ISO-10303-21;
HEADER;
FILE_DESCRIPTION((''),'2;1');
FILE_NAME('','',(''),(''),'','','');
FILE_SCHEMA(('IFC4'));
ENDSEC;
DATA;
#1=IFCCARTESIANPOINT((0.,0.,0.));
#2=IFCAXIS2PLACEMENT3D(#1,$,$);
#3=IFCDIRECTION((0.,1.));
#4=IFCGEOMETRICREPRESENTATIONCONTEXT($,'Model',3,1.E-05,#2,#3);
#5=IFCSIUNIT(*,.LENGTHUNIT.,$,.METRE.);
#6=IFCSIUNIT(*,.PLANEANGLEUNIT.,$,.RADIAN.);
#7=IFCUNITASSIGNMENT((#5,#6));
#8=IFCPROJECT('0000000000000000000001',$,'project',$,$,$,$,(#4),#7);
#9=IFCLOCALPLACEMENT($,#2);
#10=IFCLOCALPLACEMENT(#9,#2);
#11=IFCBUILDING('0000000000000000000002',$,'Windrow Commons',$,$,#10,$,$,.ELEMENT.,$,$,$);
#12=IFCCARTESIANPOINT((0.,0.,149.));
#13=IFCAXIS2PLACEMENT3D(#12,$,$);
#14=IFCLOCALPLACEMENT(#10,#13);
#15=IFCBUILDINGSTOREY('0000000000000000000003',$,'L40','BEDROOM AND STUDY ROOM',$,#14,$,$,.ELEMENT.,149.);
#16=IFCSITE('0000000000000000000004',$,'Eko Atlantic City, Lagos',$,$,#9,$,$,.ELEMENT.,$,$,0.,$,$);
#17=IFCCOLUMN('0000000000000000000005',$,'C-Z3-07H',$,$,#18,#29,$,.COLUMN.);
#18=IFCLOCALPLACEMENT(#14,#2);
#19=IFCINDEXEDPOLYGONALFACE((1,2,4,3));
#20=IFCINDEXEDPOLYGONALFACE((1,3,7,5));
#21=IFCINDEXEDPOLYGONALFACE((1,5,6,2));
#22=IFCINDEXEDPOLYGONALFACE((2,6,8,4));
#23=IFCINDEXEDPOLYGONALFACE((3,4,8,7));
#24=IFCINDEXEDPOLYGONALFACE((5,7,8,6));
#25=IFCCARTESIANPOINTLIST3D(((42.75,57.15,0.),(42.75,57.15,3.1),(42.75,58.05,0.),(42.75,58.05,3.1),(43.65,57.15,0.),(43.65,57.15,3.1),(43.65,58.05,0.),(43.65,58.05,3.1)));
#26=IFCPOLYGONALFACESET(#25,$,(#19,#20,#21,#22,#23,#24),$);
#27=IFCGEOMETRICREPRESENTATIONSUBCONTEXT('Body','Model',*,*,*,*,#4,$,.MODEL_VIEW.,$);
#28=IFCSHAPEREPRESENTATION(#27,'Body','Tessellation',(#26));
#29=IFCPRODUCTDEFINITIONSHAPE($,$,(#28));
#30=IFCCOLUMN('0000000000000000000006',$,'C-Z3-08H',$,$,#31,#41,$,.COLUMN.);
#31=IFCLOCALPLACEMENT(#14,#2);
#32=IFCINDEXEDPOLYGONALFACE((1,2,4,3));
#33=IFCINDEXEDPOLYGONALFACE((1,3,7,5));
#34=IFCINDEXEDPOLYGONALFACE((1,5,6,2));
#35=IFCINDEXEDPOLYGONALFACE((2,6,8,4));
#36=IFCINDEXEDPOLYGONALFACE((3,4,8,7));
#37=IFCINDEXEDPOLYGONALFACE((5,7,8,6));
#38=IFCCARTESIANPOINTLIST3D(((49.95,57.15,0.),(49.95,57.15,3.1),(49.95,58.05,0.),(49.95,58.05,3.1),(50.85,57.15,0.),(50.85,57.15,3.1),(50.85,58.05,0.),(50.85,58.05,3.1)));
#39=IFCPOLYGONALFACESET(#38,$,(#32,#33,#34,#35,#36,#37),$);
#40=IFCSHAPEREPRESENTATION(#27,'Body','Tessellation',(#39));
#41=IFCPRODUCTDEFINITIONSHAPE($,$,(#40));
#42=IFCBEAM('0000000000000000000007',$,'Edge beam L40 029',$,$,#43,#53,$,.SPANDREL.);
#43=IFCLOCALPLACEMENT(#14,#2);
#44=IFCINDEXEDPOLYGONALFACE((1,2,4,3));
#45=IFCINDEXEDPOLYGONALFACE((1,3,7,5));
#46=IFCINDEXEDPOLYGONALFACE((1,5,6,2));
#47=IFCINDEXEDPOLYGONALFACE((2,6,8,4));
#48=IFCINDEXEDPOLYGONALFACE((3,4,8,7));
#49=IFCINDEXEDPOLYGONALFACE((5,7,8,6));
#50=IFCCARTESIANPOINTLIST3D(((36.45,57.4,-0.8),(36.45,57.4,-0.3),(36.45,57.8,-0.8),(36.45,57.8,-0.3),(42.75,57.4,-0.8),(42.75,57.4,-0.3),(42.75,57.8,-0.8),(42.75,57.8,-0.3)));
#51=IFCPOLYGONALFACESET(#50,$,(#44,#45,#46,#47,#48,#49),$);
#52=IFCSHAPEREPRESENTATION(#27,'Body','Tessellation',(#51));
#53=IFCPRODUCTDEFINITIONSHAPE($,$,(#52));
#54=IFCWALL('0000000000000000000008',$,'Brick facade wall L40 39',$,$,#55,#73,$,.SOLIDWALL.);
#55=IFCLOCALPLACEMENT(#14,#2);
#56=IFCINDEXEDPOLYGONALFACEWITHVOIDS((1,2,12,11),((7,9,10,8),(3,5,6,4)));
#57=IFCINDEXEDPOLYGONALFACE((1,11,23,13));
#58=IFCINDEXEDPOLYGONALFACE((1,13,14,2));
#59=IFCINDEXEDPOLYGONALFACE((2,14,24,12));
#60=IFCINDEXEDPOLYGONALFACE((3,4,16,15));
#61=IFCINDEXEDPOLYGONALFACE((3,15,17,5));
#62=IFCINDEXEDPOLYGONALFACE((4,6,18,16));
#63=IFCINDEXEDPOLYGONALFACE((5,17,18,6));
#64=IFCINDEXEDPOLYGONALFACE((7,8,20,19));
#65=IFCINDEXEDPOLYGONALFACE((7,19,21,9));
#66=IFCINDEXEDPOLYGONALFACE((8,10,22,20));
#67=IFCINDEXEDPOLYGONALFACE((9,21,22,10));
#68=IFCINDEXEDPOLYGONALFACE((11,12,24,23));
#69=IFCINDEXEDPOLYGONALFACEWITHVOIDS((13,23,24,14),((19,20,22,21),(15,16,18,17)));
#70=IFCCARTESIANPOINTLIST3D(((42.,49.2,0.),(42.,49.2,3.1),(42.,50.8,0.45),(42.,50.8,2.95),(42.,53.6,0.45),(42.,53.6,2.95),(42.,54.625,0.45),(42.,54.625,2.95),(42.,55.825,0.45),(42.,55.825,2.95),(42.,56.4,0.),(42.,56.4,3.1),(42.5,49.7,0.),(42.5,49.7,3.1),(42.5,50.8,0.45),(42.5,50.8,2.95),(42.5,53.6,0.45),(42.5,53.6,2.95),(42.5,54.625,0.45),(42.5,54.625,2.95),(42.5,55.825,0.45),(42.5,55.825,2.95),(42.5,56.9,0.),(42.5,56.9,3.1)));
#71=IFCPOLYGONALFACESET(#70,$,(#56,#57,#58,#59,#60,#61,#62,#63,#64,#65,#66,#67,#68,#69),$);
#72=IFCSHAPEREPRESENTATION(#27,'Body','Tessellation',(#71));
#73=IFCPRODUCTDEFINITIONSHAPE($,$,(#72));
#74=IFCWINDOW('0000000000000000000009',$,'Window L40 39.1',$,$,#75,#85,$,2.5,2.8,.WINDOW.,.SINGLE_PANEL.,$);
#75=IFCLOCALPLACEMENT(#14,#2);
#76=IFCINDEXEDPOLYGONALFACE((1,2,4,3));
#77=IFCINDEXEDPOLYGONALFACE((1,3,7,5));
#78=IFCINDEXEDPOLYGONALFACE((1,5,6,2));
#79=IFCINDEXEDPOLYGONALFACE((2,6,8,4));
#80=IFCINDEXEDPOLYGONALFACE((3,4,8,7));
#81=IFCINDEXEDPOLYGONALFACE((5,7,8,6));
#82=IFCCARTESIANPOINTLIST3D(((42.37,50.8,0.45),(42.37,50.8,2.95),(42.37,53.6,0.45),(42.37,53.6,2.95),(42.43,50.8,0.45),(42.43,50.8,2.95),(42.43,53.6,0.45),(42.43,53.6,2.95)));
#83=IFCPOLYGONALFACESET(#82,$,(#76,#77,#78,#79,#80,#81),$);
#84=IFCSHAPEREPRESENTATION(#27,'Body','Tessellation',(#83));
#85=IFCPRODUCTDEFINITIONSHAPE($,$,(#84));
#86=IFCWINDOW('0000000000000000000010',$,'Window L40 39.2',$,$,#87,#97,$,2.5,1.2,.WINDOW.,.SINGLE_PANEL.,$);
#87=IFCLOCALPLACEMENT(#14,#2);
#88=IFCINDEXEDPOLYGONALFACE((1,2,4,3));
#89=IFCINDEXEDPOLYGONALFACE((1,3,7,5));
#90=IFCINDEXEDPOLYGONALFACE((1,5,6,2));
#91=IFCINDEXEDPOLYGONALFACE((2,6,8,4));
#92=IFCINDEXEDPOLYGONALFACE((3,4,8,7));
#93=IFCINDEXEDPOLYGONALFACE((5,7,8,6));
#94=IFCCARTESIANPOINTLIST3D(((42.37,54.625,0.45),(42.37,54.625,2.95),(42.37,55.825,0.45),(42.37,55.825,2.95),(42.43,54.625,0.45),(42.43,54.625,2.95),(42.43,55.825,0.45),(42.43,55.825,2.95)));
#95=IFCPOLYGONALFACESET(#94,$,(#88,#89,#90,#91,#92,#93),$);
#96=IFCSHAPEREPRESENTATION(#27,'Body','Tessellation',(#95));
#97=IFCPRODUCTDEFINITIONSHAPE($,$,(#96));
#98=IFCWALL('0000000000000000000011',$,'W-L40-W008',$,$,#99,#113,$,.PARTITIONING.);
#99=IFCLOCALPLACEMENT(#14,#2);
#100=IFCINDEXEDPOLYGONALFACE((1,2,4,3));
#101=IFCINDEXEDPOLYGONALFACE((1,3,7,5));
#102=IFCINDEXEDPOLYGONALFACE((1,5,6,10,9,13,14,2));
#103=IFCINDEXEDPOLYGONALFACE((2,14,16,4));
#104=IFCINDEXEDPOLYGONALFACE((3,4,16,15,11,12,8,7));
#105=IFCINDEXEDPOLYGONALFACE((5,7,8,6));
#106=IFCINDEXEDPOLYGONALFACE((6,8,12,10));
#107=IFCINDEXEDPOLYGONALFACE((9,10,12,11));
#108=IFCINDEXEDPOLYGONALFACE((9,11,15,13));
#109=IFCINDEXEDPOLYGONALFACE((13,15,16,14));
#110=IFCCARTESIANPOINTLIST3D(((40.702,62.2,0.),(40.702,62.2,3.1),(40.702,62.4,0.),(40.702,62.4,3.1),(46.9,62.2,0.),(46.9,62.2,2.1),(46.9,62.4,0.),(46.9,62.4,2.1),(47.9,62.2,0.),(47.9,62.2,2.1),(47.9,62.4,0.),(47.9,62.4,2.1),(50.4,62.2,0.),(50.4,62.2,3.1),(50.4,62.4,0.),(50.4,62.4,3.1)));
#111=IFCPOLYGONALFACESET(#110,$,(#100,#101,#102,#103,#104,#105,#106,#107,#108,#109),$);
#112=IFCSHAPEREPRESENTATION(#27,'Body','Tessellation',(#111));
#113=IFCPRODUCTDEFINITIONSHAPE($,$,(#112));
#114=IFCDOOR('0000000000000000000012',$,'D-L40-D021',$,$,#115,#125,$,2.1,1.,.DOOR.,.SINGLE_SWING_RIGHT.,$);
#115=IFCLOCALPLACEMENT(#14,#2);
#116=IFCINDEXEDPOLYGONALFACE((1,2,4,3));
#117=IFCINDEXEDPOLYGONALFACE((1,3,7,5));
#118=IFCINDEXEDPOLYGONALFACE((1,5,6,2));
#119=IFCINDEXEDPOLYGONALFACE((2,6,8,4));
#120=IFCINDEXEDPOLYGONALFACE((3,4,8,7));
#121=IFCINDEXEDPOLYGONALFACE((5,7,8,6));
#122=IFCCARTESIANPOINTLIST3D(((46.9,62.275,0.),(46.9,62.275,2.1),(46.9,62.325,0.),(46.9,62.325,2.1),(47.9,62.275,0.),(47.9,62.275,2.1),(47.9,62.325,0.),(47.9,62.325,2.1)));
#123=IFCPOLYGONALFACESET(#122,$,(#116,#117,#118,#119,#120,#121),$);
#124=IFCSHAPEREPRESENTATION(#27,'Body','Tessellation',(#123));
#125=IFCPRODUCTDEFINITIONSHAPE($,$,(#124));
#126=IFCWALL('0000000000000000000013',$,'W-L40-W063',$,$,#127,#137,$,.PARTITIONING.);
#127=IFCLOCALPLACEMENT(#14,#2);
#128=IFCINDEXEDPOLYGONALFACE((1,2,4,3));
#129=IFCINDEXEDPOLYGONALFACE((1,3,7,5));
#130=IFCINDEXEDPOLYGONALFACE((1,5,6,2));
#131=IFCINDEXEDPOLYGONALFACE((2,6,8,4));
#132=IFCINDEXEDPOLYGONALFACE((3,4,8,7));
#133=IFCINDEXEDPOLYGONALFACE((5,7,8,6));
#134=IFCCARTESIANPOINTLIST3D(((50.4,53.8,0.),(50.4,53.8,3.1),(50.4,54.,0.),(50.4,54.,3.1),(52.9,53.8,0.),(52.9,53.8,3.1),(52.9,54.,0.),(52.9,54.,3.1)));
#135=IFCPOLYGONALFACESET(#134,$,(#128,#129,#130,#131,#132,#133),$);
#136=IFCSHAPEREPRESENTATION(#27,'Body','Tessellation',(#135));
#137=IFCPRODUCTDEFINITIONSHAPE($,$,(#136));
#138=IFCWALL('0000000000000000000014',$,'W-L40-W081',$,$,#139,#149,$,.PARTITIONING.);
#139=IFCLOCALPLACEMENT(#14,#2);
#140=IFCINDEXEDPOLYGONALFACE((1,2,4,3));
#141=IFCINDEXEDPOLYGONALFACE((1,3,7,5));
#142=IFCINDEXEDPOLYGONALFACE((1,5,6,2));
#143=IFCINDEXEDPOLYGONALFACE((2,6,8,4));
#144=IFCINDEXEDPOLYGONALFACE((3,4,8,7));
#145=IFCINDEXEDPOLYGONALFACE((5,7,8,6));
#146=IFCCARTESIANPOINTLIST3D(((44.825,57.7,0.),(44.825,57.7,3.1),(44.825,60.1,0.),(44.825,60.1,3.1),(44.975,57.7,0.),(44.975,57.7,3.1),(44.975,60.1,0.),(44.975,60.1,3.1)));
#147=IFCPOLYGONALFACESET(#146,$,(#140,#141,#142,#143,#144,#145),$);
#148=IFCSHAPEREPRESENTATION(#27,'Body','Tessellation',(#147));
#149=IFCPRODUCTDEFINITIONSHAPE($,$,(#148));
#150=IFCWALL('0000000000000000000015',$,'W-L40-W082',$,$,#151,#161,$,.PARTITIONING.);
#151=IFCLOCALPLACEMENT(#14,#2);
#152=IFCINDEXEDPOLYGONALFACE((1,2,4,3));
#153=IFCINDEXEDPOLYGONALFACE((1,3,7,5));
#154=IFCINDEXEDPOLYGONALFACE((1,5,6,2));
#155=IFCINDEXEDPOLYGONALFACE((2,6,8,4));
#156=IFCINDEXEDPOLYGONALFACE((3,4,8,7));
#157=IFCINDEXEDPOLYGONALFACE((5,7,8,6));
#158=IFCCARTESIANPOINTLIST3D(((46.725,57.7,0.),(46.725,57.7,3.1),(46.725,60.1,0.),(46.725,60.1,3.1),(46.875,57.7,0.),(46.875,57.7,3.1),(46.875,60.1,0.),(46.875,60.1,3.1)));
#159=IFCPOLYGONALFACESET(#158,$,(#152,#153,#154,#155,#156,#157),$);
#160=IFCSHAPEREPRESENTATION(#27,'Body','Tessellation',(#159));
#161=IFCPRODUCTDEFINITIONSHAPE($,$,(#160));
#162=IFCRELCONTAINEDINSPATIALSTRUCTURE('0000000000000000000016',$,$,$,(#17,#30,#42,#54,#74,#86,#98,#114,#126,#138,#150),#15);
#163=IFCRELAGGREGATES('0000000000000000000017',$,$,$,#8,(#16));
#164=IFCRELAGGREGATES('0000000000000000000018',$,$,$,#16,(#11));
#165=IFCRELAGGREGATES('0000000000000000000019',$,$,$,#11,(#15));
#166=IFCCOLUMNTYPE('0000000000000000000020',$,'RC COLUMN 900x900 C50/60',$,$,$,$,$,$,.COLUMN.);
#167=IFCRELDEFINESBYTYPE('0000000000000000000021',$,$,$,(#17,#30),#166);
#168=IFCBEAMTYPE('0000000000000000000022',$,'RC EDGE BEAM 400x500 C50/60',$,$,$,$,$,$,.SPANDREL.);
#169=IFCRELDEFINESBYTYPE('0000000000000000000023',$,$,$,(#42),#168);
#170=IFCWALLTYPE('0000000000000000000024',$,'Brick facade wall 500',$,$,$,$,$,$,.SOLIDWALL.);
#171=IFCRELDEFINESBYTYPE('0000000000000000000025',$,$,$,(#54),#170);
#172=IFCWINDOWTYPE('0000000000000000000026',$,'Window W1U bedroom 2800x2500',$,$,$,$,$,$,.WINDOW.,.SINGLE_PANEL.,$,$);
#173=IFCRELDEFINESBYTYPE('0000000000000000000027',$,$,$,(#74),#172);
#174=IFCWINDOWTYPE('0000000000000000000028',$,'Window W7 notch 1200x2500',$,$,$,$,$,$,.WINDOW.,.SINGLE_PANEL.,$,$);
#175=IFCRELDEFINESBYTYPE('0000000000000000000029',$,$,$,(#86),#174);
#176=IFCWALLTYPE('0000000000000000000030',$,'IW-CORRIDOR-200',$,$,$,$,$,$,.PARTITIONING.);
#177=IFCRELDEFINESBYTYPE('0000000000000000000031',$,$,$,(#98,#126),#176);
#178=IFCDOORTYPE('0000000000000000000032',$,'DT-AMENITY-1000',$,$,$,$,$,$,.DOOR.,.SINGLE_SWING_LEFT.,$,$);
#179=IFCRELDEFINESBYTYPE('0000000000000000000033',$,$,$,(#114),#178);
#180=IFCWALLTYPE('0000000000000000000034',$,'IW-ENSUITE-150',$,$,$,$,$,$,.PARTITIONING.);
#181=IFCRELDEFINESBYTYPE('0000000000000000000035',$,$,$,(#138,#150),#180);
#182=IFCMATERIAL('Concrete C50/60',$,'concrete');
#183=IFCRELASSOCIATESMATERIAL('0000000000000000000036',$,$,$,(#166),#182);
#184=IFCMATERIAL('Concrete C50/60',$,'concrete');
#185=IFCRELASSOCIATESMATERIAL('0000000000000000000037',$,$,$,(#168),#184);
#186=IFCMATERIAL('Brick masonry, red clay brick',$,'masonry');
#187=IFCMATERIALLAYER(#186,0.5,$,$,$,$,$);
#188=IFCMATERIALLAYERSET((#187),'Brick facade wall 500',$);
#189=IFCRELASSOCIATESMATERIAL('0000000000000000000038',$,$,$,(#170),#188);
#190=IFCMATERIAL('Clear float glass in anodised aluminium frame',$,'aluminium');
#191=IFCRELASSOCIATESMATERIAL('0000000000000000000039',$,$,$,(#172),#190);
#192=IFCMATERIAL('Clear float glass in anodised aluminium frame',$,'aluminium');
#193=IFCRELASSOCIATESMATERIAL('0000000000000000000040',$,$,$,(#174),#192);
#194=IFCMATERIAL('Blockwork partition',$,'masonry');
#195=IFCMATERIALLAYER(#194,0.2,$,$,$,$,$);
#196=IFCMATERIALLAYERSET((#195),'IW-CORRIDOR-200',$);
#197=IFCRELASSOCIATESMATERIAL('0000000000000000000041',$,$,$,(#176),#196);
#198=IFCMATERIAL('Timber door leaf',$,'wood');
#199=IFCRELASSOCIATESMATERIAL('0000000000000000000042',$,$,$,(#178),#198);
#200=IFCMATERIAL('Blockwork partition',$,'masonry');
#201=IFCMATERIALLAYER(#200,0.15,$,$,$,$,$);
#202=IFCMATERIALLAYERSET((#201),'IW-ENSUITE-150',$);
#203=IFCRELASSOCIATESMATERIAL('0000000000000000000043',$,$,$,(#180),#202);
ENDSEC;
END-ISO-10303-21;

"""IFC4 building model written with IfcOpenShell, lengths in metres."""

from ifc_helpers import new_model, si_unit, direction, frame, frame_2d, origin, origin_2d, place, context, subcontext, project, spatial, polyline, rectangle, outline, extrude, material, layer, layer_set, material_profile, profile_set, type_object, element, fill, save


model = new_model("IFC4")

# Units and contexts
model_context = context("Model", 3, precision=1e-05, world=origin(), true_north=direction((0.0, 1.0)))
body_context = subcontext(model_context, "Body", "Model", "MODEL_VIEW")
ifc_project = project(units=[si_unit("LENGTHUNIT", "METRE"), si_unit("PLANEANGLEUNIT", "RADIAN")], contexts=[model_context])

# Site, building, storey
site_placement = place(None, origin())
site = spatial("IfcSite", under=ifc_project, at=site_placement, Name="Eko Atlantic City, Lagos", CompositionType="ELEMENT", RefElevation=0.0)
building_placement = place(site_placement, origin())
building = spatial("IfcBuilding", under=site, at=building_placement, Name="Windrow Commons", CompositionType="ELEMENT")
storey_placement = place(building_placement, frame((0.0, 0.0, 149.0)))
storey = spatial("IfcBuildingStorey", under=building, at=storey_placement, Name="L40", Description="BEDROOM AND STUDY ROOM", CompositionType="ELEMENT", Elevation=149.0)

# Columns
ifc_material_1 = material(Name="Concrete C50/60", Category="concrete")
ifc_material_profile_1 = material_profile(ifc_material_1, rectangle(XDim=0.9, YDim=0.9, at=origin_2d()))
ifc_profile_set_1 = profile_set([ifc_material_profile_1], Name="Concrete C50/60")
column_type = type_object("IfcColumnType", Name="RC COLUMN 900x900 C50/60", PredefinedType="COLUMN", material=ifc_profile_set_1)
for number, where, z_axis, x_axis, name in (
    (1, (43.2, 57.6, 0.0), (0.0, 0.0, 1.0), (1.0, 0.0, 0.0), "C-Z3-07H"),
    (2, (50.4, 57.6, 0.0), (0.0, 0.0, 1.0), (1.0, 0.0, 0.0), "C-Z3-08H"),
):
    element("IfcColumn", number, at=place(storey_placement, frame(where, z_axis=z_axis, x_axis=x_axis)), inside=storey, type_object=column_type, Name=name, PredefinedType="COLUMN", context=body_context, shape_type="SweptSolid", body=[
        extrude(rectangle(XDim=0.9, YDim=0.9, at=origin_2d()), origin(), (0.0, 0.0, 1.0), 3.1),
    ])

# Beam
ifc_material_2 = material(Name="Concrete C50/60", Category="concrete")
ifc_material_profile_2 = material_profile(ifc_material_2, rectangle(XDim=0.4, YDim=0.5, at=origin_2d()))
ifc_profile_set_2 = profile_set([ifc_material_profile_2], Name="Concrete C50/60")
beam_type = type_object("IfcBeamType", Name="RC EDGE BEAM 400x500 C50/60", PredefinedType="SPANDREL", material=ifc_profile_set_2)
beam_placement = place(storey_placement, frame((42.75, 57.6, -0.55), z_axis=(-1.0, 0.0, 0.0), x_axis=(0.0, -1.0, 0.0)))
element("IfcBeam", 3, at=beam_placement, inside=storey, type_object=beam_type, Name="Edge beam L40 029", PredefinedType="SPANDREL", context=body_context, shape_type="SweptSolid", body=[
    extrude(rectangle(XDim=0.4, YDim=0.5, at=origin_2d()), origin(), (0.0, 0.0, 1.0), 6.3),
])

# Wall, openings, windows
ifc_material_3 = material(Name="Brick masonry, red clay brick", Category="masonry")
ifc_layer_1 = layer(ifc_material_3, 0.5)
ifc_layer_set_1 = layer_set([ifc_layer_1], Name="Brick facade wall 500")
wall_type_1 = type_object("IfcWallType", Name="Brick facade wall 500", PredefinedType="SOLIDWALL", material=ifc_layer_set_1)
wall_1_placement = place(storey_placement, frame((42.25, 56.65, 0.0), z_axis=(0.0, 0.0, 1.0), x_axis=(0.0, -1.0, 0.0)))
wall_1 = element("IfcWall", 4, at=wall_1_placement, inside=storey, type_object=wall_type_1, Name="Brick facade wall L40 39", PredefinedType="SOLIDWALL", context=body_context, shape_type="SweptSolid", body=[
    extrude(outline(polyline([(0.25, -0.25), (7.45, -0.25), (6.95, 0.25), (-0.25, 0.25), (0.25, -0.25)])), origin(), (0.0, 0.0, 1.0), 3.1),
])
opening_1_placement = place(wall_1_placement, frame((3.05, 0.0, 0.45)))
opening_1 = element("IfcOpeningElement", 5, at=opening_1_placement, cuts=wall_1, PredefinedType="OPENING", context=body_context, shape_type="SweptSolid", body=[
    extrude(rectangle(XDim=2.8, YDim=2.5, at=frame_2d((1.4, 1.25))), frame((0.0, 0.26, 0.0), z_axis=(0.0, -1.0, 0.0), x_axis=(1.0, 0.0, 0.0)), (0.0, 0.0, 1.0), 0.52),
])
opening_2_placement = place(wall_1_placement, frame((0.825, 0.0, 0.45)))
opening_2 = element("IfcOpeningElement", 6, at=opening_2_placement, cuts=wall_1, PredefinedType="OPENING", context=body_context, shape_type="SweptSolid", body=[
    extrude(rectangle(XDim=1.2, YDim=2.5, at=frame_2d((0.6, 1.25))), frame((0.0, 0.26, 0.0), z_axis=(0.0, -1.0, 0.0), x_axis=(1.0, 0.0, 0.0)), (0.0, 0.0, 1.0), 0.52),
])
ifc_material_4 = material(Name="Clear float glass in anodised aluminium frame", Category="aluminium")
window_type_1 = type_object("IfcWindowType", Name="Window W1U bedroom 2800x2500", PartitioningType="SINGLE_PANEL", PredefinedType="WINDOW", material=ifc_material_4)
window_1_placement = place(opening_1_placement, origin())
window_1 = element("IfcWindow", 7, at=window_1_placement, inside=storey, type_object=window_type_1, Name="Window L40 39.1", OverallHeight=2.5, OverallWidth=2.8, PartitioningType="SINGLE_PANEL", PredefinedType="WINDOW", context=body_context, shape_type="SweptSolid", body=[
    extrude(rectangle(XDim=2.8, YDim=2.5, at=frame_2d((1.4, 1.25))), frame((0.0, 0.18, 0.0), z_axis=(0.0, -1.0, 0.0), x_axis=(1.0, 0.0, 0.0)), (0.0, 0.0, 1.0), 0.06),
])
fill(opening_1, window_1)
ifc_material_5 = material(Name="Clear float glass in anodised aluminium frame", Category="aluminium")
window_type_2 = type_object("IfcWindowType", Name="Window W7 notch 1200x2500", PartitioningType="SINGLE_PANEL", PredefinedType="WINDOW", material=ifc_material_5)
window_2_placement = place(opening_2_placement, origin())
window_2 = element("IfcWindow", 8, at=window_2_placement, inside=storey, type_object=window_type_2, Name="Window L40 39.2", OverallHeight=2.5, OverallWidth=1.2, PartitioningType="SINGLE_PANEL", PredefinedType="WINDOW", context=body_context, shape_type="SweptSolid", body=[
    extrude(rectangle(XDim=1.2, YDim=2.5, at=frame_2d((0.6, 1.25))), frame((0.0, 0.18, 0.0), z_axis=(0.0, -1.0, 0.0), x_axis=(1.0, 0.0, 0.0)), (0.0, 0.0, 1.0), 0.06),
])
fill(opening_2, window_2)

# Wall, opening, door
ifc_material_6 = material(Name="Blockwork partition", Category="masonry")
ifc_layer_2 = layer(ifc_material_6, 0.2)
ifc_layer_set_2 = layer_set([ifc_layer_2], Name="IW-CORRIDOR-200")
wall_type_2 = type_object("IfcWallType", Name="IW-CORRIDOR-200", PredefinedType="PARTITIONING", material=ifc_layer_set_2)
wall_2_placement = place(storey_placement, frame((40.702, 62.3, 0.0), z_axis=(0.0, 0.0, 1.0), x_axis=(1.0, 0.0, 0.0)))
wall_2 = element("IfcWall", 9, at=wall_2_placement, inside=storey, type_object=wall_type_2, Name="W-L40-W008", PredefinedType="PARTITIONING", context=body_context, shape_type="SweptSolid", body=[
    extrude(rectangle(XDim=9.698, YDim=0.2, at=frame_2d((4.849, 0.0))), origin(), (0.0, 0.0, 1.0), 3.1),
])
opening_3_placement = place(wall_2_placement, frame((6.198, 0.0, 0.0)))
opening_3 = element("IfcOpeningElement", 10, at=opening_3_placement, cuts=wall_2, PredefinedType="OPENING", context=body_context, shape_type="SweptSolid", body=[
    extrude(rectangle(XDim=1.0, YDim=2.1, at=frame_2d((0.5, 1.05))), frame((0.0, 0.11, 0.0), z_axis=(0.0, -1.0, 0.0), x_axis=(1.0, 0.0, 0.0)), (0.0, 0.0, 1.0), 0.22),
])
ifc_material_7 = material(Name="Timber door leaf", Category="wood")
door_type_1 = type_object("IfcDoorType", Name="DT-AMENITY-1000", OperationType="SINGLE_SWING_LEFT", PredefinedType="DOOR", material=ifc_material_7)
door_1_placement = place(opening_3_placement, origin())
door_1 = element("IfcDoor", 11, at=door_1_placement, inside=storey, type_object=door_type_1, Name="D-L40-D021", OperationType="SINGLE_SWING_RIGHT", OverallHeight=2.1, OverallWidth=1.0, PredefinedType="DOOR", context=body_context, shape_type="SweptSolid", body=[
    extrude(rectangle(XDim=1.0, YDim=2.1, at=frame_2d((0.5, 1.05))), frame((0.0, 0.025, 0.0), z_axis=(0.0, -1.0, 0.0), x_axis=(1.0, 0.0, 0.0)), (0.0, 0.0, 1.0), 0.05),
])
fill(opening_3, door_1)

# Walls
wall_3_placement = place(storey_placement, frame((50.4, 53.9, 0.0), z_axis=(0.0, 0.0, 1.0), x_axis=(1.0, 0.0, 0.0)))
element("IfcWall", 12, at=wall_3_placement, inside=storey, type_object=wall_type_2, Name="W-L40-W063", PredefinedType="PARTITIONING", context=body_context, shape_type="SweptSolid", body=[
    extrude(rectangle(XDim=2.5, YDim=0.2, at=frame_2d((1.25, 0.0))), origin(), (0.0, 0.0, 1.0), 3.1),
])
ifc_material_8 = material(Name="Blockwork partition", Category="masonry")
ifc_layer_3 = layer(ifc_material_8, 0.15)
ifc_layer_set_3 = layer_set([ifc_layer_3], Name="IW-ENSUITE-150")
wall_type_3 = type_object("IfcWallType", Name="IW-ENSUITE-150", PredefinedType="PARTITIONING", material=ifc_layer_set_3)
for number, where, z_axis, x_axis, name in (
    (13, (44.9, 57.7, 0.0), (0.0, 0.0, 1.0), (0.0, 1.0, 0.0), "W-L40-W081"),
    (14, (46.8, 57.7, 0.0), (0.0, 0.0, 1.0), (0.0, 1.0, 0.0), "W-L40-W082"),
):
    element("IfcWall", number, at=place(storey_placement, frame(where, z_axis=z_axis, x_axis=x_axis)), inside=storey, type_object=wall_type_3, Name=name, PredefinedType="PARTITIONING", context=body_context, shape_type="SweptSolid", body=[
        extrude(rectangle(XDim=2.4, YDim=0.15, at=frame_2d((1.2, 0.0))), origin(), (0.0, 0.0, 1.0), 3.1),
    ])

save(model, "model.ifc")
